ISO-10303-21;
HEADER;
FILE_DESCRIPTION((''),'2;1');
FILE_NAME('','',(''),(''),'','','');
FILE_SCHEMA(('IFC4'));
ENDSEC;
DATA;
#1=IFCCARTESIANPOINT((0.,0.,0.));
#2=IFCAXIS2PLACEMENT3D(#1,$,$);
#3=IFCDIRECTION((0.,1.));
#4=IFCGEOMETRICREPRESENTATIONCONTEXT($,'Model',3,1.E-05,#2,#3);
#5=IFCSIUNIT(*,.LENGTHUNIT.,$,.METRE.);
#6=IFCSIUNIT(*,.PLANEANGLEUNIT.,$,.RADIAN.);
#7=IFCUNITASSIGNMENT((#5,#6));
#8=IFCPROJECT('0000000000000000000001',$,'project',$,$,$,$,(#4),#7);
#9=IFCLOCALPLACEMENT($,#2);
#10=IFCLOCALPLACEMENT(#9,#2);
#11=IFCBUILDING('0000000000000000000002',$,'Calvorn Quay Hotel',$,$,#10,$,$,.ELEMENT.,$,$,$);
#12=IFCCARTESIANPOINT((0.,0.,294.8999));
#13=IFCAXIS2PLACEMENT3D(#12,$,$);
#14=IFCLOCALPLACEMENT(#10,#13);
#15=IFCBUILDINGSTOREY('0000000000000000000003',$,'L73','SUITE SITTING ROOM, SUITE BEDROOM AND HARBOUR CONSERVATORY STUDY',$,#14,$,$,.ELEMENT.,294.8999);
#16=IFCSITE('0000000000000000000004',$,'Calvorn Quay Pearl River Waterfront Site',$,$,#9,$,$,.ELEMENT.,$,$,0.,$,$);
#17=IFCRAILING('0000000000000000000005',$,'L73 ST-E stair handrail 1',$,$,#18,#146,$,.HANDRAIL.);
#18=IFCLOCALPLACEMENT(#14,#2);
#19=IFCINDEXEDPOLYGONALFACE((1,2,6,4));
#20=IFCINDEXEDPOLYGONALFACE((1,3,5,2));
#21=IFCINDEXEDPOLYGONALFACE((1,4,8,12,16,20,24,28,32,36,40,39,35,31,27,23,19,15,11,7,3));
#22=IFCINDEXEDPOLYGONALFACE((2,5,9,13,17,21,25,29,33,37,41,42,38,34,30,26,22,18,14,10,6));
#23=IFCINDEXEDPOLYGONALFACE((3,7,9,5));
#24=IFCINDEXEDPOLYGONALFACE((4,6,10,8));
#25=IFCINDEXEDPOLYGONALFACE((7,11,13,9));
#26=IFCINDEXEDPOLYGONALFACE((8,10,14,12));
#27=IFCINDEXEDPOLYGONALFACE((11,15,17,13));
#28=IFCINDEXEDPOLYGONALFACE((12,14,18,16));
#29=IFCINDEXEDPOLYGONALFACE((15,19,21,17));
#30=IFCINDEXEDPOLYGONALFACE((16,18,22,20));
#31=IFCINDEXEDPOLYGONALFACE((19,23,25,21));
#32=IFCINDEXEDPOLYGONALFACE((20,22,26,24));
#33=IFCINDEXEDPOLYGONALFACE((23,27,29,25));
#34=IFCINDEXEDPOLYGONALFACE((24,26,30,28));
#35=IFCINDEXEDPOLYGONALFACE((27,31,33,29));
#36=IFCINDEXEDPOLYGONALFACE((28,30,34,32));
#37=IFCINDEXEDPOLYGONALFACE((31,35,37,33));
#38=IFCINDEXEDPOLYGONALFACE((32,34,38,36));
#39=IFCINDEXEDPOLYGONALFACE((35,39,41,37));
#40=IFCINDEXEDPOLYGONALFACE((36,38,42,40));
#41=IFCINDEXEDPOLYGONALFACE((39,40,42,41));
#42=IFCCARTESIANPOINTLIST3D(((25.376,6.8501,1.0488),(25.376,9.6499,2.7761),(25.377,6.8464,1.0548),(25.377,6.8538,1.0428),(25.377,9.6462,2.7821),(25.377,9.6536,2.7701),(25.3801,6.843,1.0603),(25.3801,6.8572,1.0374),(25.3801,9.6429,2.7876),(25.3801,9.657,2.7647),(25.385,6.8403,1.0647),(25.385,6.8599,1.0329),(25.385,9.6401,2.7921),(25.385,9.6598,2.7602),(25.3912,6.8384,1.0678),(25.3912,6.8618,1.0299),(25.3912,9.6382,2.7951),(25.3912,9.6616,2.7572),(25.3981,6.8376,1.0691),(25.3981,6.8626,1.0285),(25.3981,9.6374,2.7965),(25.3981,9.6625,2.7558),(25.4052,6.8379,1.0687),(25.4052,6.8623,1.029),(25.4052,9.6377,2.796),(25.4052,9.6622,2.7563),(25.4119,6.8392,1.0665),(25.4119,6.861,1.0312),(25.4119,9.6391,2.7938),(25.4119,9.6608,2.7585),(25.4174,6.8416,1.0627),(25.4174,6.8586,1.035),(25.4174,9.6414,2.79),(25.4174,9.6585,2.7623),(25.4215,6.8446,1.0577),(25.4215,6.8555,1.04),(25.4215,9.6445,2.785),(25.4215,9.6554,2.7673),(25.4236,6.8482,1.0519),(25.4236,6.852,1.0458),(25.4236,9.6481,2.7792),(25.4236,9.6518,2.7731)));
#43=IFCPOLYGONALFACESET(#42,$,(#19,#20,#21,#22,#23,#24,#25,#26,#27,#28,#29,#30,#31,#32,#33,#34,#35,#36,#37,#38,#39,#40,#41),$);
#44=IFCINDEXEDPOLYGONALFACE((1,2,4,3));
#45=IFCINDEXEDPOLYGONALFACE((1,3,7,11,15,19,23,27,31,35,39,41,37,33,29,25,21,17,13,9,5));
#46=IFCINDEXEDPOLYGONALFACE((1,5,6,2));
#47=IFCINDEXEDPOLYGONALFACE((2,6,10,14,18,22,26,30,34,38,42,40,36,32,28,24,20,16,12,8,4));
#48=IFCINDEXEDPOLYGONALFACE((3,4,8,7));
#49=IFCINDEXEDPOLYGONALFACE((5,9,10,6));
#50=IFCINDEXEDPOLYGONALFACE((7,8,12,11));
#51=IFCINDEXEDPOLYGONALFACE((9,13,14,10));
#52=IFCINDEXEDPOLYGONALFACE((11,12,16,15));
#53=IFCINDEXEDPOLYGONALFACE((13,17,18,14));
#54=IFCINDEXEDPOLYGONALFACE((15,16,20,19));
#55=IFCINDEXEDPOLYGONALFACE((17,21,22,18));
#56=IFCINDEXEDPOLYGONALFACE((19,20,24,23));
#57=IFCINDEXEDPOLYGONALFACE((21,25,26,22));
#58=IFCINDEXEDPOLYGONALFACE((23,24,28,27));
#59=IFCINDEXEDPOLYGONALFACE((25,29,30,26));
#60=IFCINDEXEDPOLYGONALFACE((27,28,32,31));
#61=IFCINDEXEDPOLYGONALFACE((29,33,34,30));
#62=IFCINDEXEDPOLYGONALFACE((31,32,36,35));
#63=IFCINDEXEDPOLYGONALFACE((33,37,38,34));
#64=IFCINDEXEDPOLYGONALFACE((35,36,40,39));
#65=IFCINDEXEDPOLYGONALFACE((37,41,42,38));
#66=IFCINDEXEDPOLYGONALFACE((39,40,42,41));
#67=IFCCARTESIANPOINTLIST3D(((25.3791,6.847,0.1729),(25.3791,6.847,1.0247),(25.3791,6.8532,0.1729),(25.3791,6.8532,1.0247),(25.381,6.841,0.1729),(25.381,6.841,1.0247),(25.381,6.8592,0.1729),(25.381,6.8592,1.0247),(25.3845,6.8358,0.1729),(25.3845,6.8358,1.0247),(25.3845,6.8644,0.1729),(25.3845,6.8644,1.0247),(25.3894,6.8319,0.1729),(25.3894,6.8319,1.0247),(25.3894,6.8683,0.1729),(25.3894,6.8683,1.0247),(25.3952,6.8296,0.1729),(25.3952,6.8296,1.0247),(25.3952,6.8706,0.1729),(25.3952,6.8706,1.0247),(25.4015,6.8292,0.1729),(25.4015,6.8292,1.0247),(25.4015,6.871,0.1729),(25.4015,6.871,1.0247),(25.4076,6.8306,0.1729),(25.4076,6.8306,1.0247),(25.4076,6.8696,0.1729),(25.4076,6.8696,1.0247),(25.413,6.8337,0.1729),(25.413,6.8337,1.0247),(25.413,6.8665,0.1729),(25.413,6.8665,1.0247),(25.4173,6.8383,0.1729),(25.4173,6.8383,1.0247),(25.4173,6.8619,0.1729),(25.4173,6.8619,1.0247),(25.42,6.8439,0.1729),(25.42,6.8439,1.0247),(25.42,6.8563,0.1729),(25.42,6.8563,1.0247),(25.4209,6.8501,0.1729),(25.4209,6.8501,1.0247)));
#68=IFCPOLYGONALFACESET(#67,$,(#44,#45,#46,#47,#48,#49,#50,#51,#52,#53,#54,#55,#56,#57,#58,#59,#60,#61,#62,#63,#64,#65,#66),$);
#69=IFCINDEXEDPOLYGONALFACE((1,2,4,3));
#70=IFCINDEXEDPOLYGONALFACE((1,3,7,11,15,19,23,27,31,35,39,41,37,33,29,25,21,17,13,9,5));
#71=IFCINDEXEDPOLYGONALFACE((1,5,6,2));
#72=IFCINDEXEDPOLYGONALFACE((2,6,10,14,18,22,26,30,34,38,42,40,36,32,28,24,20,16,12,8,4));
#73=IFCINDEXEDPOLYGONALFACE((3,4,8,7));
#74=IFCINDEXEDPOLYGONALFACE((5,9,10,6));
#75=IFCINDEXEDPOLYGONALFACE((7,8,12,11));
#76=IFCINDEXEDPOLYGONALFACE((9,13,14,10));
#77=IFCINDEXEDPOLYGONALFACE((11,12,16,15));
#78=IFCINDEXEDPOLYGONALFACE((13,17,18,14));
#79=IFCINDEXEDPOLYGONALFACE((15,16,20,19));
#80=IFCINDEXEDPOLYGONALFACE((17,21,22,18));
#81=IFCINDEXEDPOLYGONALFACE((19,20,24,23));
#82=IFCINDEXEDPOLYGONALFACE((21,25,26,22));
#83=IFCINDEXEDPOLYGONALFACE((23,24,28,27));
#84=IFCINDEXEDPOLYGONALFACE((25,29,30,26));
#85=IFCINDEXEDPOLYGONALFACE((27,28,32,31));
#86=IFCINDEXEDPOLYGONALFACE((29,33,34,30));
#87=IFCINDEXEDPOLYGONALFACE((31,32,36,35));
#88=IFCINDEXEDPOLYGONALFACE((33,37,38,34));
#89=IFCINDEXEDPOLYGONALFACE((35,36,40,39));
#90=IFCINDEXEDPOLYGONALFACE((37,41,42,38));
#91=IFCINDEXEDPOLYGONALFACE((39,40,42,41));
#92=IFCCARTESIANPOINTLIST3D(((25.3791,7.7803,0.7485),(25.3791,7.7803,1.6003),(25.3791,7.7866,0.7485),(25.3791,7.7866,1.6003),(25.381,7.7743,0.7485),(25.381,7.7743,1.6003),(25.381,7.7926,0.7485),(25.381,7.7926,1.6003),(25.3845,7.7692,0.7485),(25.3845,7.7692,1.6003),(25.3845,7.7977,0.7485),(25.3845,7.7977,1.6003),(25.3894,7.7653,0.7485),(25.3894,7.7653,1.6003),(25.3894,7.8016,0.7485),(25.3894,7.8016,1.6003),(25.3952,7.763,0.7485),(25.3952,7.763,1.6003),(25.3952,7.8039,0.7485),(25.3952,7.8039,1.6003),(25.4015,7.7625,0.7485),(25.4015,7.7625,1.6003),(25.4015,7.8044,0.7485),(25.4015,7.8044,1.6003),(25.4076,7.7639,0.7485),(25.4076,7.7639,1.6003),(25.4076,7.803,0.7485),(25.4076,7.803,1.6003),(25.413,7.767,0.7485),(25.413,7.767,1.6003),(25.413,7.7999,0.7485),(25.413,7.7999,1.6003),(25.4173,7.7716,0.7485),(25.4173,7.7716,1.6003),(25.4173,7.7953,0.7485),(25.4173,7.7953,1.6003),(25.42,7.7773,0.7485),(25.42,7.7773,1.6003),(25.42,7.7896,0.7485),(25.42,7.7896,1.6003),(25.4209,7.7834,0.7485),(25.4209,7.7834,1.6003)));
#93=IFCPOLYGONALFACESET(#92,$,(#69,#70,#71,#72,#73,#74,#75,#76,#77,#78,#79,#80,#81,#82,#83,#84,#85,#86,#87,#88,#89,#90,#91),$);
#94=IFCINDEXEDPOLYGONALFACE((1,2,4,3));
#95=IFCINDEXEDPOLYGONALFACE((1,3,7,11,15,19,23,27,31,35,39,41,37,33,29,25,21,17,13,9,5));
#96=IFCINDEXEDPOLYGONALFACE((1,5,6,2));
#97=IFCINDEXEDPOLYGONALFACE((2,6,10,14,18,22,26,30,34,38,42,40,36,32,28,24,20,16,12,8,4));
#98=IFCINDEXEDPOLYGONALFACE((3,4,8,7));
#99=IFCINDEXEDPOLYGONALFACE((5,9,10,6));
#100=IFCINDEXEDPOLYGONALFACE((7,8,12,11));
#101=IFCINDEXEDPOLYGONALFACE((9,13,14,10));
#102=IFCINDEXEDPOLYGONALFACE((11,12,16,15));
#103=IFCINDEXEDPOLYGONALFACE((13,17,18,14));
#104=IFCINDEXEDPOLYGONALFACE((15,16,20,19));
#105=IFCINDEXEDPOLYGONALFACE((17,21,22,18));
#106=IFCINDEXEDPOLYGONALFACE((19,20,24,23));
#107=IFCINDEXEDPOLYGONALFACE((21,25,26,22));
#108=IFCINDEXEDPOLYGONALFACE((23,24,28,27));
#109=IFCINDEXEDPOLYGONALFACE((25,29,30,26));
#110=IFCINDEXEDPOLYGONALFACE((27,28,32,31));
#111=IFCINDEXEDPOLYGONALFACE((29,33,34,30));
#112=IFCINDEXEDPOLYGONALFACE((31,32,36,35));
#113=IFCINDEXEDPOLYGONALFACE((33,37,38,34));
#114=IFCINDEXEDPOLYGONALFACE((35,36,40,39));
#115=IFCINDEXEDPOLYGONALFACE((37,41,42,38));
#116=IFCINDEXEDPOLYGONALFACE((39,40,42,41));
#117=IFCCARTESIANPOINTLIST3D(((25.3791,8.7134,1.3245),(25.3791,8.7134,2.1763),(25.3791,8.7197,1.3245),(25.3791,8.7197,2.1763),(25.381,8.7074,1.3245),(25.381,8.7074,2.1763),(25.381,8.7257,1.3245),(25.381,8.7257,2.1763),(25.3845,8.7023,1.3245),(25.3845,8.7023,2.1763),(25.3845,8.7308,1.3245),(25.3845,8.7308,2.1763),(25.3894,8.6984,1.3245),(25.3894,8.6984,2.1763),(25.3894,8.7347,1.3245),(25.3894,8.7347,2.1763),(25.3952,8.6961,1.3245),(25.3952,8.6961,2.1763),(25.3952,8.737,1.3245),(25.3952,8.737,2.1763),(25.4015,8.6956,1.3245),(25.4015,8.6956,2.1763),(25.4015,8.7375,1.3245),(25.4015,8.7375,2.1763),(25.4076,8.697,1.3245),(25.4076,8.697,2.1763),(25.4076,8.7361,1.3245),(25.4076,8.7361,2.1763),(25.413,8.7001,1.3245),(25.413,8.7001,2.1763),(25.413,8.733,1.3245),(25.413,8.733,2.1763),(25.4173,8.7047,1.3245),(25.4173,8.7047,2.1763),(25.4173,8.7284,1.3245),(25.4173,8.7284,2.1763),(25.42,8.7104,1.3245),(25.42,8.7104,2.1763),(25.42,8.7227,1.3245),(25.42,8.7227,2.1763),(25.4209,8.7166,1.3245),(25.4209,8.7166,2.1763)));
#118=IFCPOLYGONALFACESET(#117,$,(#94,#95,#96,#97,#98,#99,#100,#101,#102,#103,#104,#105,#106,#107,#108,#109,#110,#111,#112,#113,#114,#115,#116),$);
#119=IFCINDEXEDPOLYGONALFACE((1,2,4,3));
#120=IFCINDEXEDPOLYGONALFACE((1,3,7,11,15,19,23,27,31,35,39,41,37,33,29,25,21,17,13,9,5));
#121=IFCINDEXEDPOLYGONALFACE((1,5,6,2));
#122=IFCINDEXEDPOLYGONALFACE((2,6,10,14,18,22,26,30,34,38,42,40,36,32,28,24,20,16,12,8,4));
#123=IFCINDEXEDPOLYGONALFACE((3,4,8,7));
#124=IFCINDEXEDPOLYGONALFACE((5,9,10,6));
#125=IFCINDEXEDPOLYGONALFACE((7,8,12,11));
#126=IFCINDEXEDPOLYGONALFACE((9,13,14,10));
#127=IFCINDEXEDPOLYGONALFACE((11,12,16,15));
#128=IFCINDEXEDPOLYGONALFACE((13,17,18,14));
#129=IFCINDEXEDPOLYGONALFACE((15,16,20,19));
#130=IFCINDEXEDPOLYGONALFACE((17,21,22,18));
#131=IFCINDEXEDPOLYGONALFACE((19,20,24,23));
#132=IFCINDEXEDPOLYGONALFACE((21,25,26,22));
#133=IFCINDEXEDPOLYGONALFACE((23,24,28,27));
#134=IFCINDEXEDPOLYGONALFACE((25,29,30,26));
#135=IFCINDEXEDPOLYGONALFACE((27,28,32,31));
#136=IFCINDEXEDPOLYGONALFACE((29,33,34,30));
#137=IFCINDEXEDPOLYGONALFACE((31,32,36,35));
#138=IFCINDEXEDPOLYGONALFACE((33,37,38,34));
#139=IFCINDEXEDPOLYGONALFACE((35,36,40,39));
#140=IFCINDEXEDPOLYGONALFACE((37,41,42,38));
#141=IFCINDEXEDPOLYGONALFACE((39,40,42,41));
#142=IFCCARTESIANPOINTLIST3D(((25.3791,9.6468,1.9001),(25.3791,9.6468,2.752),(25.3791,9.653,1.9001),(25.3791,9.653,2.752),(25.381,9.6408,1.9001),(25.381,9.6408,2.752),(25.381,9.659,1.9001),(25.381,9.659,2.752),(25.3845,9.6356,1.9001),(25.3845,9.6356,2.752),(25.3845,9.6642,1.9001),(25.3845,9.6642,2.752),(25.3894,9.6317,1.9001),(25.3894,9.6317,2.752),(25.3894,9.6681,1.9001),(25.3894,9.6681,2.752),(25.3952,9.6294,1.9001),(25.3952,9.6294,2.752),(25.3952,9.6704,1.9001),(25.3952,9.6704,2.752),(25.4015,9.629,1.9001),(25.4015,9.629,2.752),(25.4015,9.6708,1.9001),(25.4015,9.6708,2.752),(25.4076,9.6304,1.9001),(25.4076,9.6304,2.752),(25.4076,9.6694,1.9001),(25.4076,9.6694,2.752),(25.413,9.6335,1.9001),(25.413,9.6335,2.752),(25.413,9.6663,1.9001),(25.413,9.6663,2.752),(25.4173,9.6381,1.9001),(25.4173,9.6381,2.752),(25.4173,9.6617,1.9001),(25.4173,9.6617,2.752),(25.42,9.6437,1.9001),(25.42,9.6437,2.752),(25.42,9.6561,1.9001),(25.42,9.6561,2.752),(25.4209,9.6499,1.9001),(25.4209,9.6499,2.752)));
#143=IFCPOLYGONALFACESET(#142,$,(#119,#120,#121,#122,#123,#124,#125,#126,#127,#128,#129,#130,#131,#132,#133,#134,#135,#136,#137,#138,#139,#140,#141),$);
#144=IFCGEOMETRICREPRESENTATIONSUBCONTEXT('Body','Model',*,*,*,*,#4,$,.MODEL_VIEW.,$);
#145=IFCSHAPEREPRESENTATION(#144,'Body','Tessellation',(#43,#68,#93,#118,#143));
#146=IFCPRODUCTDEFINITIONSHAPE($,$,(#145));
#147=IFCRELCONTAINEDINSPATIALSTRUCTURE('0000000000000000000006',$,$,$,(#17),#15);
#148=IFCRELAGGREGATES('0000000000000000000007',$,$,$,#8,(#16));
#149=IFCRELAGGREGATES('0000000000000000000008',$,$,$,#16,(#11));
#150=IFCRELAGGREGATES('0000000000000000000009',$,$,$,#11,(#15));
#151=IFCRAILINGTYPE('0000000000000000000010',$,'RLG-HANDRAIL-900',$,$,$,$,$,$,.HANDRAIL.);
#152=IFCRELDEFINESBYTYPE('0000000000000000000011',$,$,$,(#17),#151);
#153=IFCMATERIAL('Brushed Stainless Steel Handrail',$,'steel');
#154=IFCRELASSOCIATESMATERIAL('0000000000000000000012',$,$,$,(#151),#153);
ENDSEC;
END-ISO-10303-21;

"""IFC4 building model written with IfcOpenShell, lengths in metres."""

from ifc_helpers import new_model, si_unit, direction, frame, origin, origin_2d, place, context, subcontext, project, spatial, circle, extrude, material, type_object, element, save


model = new_model("IFC4")

# Units and contexts
model_context = context("Model", 3, precision=1e-05, world=origin(), true_north=direction((0.0, 1.0)))
body_context = subcontext(model_context, "Body", "Model", "MODEL_VIEW")
ifc_project = project(units=[si_unit("LENGTHUNIT", "METRE"), si_unit("PLANEANGLEUNIT", "RADIAN")], contexts=[model_context])

# Site, building, storey
site_placement = place(None, origin())
site = spatial("IfcSite", under=ifc_project, at=site_placement, Name="Calvorn Quay Pearl River Waterfront Site", CompositionType="ELEMENT", RefElevation=0.0)
building_placement = place(site_placement, origin())
building = spatial("IfcBuilding", under=site, at=building_placement, Name="Calvorn Quay Hotel", CompositionType="ELEMENT")
storey_placement = place(building_placement, frame((0.0, 0.0, 294.8999)))
storey = spatial("IfcBuildingStorey", under=building, at=storey_placement, Name="L73", Description="SUITE SITTING ROOM, SUITE BEDROOM AND HARBOUR CONSERVATORY STUDY", CompositionType="ELEMENT", Elevation=294.8999)

# Railing
ifc_material_1 = material(Name="Brushed Stainless Steel Handrail", Category="steel")
railing_type_1 = type_object("IfcRailingType", Name="RLG-HANDRAIL-900", PredefinedType="HANDRAIL", material=ifc_material_1)
railing_1_placement = place(storey_placement, frame((25.3999, 6.8501, 0.1729)))
element("IfcRailing", 1, at=railing_1_placement, inside=storey, type_object=railing_type_1, Name="L73 ST-E stair handrail 1", PredefinedType="HANDRAIL", context=body_context, shape_type="SweptSolid", body=[
    extrude(circle(Radius=0.0239, at=origin_2d()), frame((0.0, 0.0, 0.876), z_axis=(0.0, 0.851069, 0.525054), x_axis=(-1.0, 0.0, 0.0)), (0.0, 0.0, 1.0), 3.2898),
    extrude(circle(Radius=0.021, at=origin_2d()), origin(), (0.0, 0.0, 1.0), 0.8518),
    extrude(circle(Radius=0.021, at=origin_2d()), frame((0.0, 0.9333, 0.5757)), (0.0, 0.0, 1.0), 0.8518),
    extrude(circle(Radius=0.021, at=origin_2d()), frame((0.0, 1.8665, 1.1516)), (0.0, 0.0, 1.0), 0.8518),
    extrude(circle(Radius=0.021, at=origin_2d()), frame((0.0, 2.7998, 1.7273)), (0.0, 0.0, 1.0), 0.8518),
])

save(model, "model.ifc")
